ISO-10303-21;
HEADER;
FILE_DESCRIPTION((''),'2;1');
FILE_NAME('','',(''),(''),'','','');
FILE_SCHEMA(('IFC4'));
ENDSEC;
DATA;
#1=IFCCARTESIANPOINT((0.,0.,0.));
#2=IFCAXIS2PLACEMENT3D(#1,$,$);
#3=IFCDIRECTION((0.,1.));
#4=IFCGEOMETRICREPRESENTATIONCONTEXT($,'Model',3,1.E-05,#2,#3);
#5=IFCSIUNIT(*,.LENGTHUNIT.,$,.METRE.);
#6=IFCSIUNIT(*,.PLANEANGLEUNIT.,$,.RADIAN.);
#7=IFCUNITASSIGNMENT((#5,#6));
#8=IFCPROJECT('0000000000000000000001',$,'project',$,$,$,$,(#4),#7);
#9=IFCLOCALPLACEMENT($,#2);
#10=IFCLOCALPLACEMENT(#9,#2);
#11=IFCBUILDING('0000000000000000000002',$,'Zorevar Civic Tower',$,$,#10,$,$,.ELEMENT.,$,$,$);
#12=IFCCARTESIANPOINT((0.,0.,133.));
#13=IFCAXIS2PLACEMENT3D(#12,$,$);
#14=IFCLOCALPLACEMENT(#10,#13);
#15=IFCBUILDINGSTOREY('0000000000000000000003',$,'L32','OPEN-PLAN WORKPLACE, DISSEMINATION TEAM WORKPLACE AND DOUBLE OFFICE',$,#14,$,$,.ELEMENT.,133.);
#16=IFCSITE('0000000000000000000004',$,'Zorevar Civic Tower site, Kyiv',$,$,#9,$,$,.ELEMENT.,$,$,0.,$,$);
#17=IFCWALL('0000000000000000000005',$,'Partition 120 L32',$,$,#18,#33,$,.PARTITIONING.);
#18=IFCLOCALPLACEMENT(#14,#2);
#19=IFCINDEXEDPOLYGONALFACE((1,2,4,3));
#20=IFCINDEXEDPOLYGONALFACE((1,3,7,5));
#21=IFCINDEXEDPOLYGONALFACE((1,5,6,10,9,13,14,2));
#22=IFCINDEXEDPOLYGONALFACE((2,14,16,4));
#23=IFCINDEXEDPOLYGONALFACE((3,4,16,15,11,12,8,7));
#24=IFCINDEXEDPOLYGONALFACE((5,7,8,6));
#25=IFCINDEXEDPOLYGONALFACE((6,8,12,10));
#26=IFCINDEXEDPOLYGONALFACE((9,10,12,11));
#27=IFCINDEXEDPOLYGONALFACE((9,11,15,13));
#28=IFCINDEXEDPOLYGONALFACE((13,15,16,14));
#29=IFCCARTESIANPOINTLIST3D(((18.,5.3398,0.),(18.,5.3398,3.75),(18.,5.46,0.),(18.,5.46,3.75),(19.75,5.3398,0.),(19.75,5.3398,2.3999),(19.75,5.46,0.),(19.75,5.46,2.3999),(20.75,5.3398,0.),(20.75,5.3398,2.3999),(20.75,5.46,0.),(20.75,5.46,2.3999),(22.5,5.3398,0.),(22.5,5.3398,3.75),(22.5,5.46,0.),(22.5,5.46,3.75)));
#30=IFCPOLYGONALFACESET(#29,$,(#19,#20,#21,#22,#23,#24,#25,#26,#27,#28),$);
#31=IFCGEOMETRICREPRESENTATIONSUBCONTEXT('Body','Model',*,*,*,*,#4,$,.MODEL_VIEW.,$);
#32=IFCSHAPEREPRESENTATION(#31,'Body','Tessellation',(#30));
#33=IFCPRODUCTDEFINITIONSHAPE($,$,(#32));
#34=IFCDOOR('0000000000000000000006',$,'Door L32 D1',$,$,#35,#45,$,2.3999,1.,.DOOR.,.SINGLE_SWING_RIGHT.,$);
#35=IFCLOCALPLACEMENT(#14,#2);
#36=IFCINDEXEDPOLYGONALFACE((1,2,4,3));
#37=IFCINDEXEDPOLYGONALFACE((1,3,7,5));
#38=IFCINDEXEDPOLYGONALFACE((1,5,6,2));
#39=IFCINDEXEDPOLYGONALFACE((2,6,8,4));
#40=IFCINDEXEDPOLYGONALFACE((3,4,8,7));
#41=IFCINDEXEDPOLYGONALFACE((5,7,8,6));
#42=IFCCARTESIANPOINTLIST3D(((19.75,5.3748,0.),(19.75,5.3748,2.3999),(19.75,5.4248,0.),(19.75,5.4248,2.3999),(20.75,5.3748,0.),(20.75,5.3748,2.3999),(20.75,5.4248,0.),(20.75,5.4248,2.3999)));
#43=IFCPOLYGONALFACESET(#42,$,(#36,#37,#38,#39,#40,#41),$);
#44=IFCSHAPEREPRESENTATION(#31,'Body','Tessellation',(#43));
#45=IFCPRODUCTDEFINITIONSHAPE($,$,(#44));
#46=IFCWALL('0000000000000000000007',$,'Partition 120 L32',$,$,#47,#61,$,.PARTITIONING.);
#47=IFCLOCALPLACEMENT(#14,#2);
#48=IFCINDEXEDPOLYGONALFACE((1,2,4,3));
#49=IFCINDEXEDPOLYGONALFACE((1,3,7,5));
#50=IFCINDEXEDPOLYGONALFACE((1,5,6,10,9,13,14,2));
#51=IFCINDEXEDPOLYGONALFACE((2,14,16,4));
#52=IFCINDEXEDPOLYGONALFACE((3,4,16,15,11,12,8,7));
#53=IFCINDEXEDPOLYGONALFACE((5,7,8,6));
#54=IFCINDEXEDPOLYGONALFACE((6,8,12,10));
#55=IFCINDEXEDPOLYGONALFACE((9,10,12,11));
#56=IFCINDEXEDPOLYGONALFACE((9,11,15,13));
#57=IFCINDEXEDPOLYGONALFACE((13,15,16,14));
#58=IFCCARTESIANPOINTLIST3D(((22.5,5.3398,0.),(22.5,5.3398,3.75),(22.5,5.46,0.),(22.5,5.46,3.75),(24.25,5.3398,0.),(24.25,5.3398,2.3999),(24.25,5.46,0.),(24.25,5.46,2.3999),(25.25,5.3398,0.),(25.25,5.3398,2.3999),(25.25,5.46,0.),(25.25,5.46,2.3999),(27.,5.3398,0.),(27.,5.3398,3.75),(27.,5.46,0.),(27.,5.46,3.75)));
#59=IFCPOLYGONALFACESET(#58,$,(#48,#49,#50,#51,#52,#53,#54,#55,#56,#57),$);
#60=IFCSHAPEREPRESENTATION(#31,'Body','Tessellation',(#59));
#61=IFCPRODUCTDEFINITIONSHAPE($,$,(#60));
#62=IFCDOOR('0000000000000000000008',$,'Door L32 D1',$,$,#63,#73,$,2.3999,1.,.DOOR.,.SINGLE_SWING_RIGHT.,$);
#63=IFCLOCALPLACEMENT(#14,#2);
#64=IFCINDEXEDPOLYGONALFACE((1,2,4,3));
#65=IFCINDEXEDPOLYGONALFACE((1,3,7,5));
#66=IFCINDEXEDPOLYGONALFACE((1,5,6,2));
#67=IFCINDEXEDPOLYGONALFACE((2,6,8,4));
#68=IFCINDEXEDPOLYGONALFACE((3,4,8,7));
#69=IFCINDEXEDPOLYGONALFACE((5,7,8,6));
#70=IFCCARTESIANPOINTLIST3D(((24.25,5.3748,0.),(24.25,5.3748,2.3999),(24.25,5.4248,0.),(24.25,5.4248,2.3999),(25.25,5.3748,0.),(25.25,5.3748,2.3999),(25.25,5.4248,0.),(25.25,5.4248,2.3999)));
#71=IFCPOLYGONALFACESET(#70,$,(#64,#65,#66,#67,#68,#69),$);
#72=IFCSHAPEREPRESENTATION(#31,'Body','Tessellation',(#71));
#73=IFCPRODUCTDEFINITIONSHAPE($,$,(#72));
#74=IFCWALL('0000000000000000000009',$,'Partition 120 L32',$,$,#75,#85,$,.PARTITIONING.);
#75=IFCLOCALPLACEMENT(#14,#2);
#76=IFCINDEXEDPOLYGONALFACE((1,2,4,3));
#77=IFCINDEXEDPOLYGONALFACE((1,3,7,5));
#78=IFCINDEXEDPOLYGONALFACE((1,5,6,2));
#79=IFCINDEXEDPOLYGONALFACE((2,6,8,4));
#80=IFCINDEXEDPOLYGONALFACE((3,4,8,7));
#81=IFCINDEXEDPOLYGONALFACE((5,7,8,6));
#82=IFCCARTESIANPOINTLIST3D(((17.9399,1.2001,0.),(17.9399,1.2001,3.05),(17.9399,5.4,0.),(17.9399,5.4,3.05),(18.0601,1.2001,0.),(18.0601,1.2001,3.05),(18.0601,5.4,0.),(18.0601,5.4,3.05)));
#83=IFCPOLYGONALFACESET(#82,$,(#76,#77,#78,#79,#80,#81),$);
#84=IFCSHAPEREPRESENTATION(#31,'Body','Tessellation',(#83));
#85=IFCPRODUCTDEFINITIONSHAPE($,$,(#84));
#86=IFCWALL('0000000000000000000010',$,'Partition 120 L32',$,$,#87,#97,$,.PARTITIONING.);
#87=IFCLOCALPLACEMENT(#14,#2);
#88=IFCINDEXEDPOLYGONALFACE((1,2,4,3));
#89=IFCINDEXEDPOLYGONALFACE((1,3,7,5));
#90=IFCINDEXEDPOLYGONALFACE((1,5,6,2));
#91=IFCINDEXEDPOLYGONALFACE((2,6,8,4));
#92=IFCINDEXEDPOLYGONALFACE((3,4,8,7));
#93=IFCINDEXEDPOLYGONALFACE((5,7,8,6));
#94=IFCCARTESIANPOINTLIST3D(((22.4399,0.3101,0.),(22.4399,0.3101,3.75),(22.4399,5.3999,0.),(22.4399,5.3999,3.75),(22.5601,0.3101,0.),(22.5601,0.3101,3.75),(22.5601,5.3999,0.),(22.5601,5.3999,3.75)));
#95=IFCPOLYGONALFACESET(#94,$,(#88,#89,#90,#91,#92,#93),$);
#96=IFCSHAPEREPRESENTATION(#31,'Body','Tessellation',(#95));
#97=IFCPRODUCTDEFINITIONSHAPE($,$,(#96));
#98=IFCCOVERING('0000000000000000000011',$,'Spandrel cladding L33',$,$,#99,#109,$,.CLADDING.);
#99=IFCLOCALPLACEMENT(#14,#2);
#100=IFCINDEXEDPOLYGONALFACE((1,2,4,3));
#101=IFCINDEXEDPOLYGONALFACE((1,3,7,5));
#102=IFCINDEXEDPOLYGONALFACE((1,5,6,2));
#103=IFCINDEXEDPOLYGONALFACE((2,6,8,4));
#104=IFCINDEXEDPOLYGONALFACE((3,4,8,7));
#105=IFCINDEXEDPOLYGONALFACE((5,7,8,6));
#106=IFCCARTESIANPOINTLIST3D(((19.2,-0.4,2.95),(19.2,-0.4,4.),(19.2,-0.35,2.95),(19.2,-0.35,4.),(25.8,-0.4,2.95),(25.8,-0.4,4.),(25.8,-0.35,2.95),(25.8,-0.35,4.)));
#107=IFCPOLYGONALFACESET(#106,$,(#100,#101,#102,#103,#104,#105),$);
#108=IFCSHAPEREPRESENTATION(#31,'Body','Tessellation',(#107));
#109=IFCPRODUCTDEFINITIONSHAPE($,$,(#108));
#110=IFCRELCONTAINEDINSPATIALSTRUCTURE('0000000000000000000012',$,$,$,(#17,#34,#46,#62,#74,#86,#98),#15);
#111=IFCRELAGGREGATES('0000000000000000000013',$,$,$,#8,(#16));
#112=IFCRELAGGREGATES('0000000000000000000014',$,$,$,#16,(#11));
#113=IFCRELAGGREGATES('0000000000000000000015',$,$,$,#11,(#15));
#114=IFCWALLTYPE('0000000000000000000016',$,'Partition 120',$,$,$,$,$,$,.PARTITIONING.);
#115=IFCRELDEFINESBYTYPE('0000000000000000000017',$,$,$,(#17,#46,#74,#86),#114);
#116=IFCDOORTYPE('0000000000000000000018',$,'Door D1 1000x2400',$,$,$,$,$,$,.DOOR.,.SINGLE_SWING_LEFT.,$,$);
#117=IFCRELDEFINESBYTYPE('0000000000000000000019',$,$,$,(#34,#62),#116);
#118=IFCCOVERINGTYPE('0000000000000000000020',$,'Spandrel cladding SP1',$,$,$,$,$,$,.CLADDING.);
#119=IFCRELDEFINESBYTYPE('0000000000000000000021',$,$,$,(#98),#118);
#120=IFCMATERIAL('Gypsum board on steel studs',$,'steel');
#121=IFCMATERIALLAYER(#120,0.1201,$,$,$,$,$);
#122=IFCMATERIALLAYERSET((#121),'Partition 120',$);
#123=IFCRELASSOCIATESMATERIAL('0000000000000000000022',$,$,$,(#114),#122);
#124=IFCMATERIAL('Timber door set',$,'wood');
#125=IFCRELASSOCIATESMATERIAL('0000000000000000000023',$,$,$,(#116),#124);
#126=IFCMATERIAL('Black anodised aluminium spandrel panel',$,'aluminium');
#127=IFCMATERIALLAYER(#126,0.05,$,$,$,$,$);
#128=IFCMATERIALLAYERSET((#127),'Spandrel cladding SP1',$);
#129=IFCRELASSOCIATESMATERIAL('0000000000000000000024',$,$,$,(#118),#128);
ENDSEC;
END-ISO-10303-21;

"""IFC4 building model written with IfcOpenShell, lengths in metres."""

from ifc_helpers import new_model, si_unit, direction, frame, frame_2d, origin, place, context, subcontext, project, spatial, rectangle, extrude, material, layer, layer_set, type_object, element, fill, save


model = new_model("IFC4")

# Units and contexts
model_context = context("Model", 3, precision=1e-05, world=origin(), true_north=direction((0.0, 1.0)))
body_context = subcontext(model_context, "Body", "Model", "MODEL_VIEW")
ifc_project = project(units=[si_unit("LENGTHUNIT", "METRE"), si_unit("PLANEANGLEUNIT", "RADIAN")], contexts=[model_context])

# Site, building, storey
site_placement = place(None, origin())
site = spatial("IfcSite", under=ifc_project, at=site_placement, Name="Zorevar Civic Tower site, Kyiv", CompositionType="ELEMENT", RefElevation=0.0)
building_placement = place(site_placement, origin())
building = spatial("IfcBuilding", under=site, at=building_placement, Name="Zorevar Civic Tower", CompositionType="ELEMENT")
storey_placement = place(building_placement, frame((0.0, 0.0, 133.0)))
storey = spatial("IfcBuildingStorey", under=building, at=storey_placement, Name="L32", Description="OPEN-PLAN WORKPLACE, DISSEMINATION TEAM WORKPLACE AND DOUBLE OFFICE", CompositionType="ELEMENT", Elevation=133.0)

# Walls, openings, doors
ifc_material_1 = material(Name="Gypsum board on steel studs", Category="steel")
ifc_layer_1 = layer(ifc_material_1, 0.1201)
ifc_layer_set_1 = layer_set([ifc_layer_1], Name="Partition 120")
wall_type_1 = type_object("IfcWallType", Name="Partition 120", PredefinedType="PARTITIONING", material=ifc_layer_set_1)
ifc_material_2 = material(Name="Timber door set", Category="wood")
door_type_1 = type_object("IfcDoorType", Name="Door D1 1000x2400", OperationType="SINGLE_SWING_LEFT", PredefinedType="DOOR", material=ifc_material_2)
wall_1_placement = place(storey_placement, frame((18.0, 5.3999, 0.0), z_axis=(0.0, 0.0, 1.0), x_axis=(1.0, 0.0, 0.0)))
wall_1 = element("IfcWall", 1, at=wall_1_placement, inside=storey, type_object=wall_type_1, Name="Partition 120 L32", PredefinedType="PARTITIONING", context=body_context, shape_type="SweptSolid", body=[
    extrude(rectangle(XDim=4.5, YDim=0.1201, at=frame_2d((2.25, 0.0))), origin(), (0.0, 0.0, 1.0), 3.75),
])
opening_1_placement = place(wall_1_placement, frame((1.75, 0.0, 0.0)))
opening_1 = element("IfcOpeningElement", 2, at=opening_1_placement, cuts=wall_1, PredefinedType="OPENING", context=body_context, shape_type="SweptSolid", body=[
    extrude(rectangle(XDim=1.0, YDim=2.3999, at=frame_2d((0.5, 1.2))), frame((0.0, 0.0701, 0.0), z_axis=(0.0, -1.0, 0.0), x_axis=(1.0, 0.0, 0.0)), (0.0, 0.0, 1.0), 0.1401),
])
door_1_placement = place(opening_1_placement, origin())
door_1 = element("IfcDoor", 3, at=door_1_placement, inside=storey, type_object=door_type_1, Name="Door L32 D1", OperationType="SINGLE_SWING_RIGHT", OverallHeight=2.3999, OverallWidth=1.0, PredefinedType="DOOR", context=body_context, shape_type="SweptSolid", body=[
    extrude(rectangle(XDim=1.0, YDim=2.3999, at=frame_2d((0.5, 1.2))), frame((0.0, 0.0249, 0.0), z_axis=(0.0, -1.0, 0.0), x_axis=(1.0, 0.0, 0.0)), (0.0, 0.0, 1.0), 0.05),
])
fill(opening_1, door_1)
wall_2_placement = place(storey_placement, frame((22.5, 5.3999, 0.0), z_axis=(0.0, 0.0, 1.0), x_axis=(1.0, 0.0, 0.0)))
wall_2 = element("IfcWall", 4, at=wall_2_placement, inside=storey, type_object=wall_type_1, Name="Partition 120 L32", PredefinedType="PARTITIONING", context=body_context, shape_type="SweptSolid", body=[
    extrude(rectangle(XDim=4.5, YDim=0.1201, at=frame_2d((2.25, 0.0))), origin(), (0.0, 0.0, 1.0), 3.75),
])
opening_2_placement = place(wall_2_placement, frame((1.75, 0.0, 0.0)))
opening_2 = element("IfcOpeningElement", 5, at=opening_2_placement, cuts=wall_2, PredefinedType="OPENING", context=body_context, shape_type="SweptSolid", body=[
    extrude(rectangle(XDim=1.0, YDim=2.3999, at=frame_2d((0.5, 1.2))), frame((0.0, 0.0701, 0.0), z_axis=(0.0, -1.0, 0.0), x_axis=(1.0, 0.0, 0.0)), (0.0, 0.0, 1.0), 0.1401),
])
door_2_placement = place(opening_2_placement, origin())
door_2 = element("IfcDoor", 6, at=door_2_placement, inside=storey, type_object=door_type_1, Name="Door L32 D1", OperationType="SINGLE_SWING_RIGHT", OverallHeight=2.3999, OverallWidth=1.0, PredefinedType="DOOR", context=body_context, shape_type="SweptSolid", body=[
    extrude(rectangle(XDim=1.0, YDim=2.3999, at=frame_2d((0.5, 1.2))), frame((0.0, 0.0249, 0.0), z_axis=(0.0, -1.0, 0.0), x_axis=(1.0, 0.0, 0.0)), (0.0, 0.0, 1.0), 0.05),
])
fill(opening_2, door_2)

# Walls
wall_3_placement = place(storey_placement, frame((18.0, 1.2, 0.0), z_axis=(0.0, 0.0, 1.0), x_axis=(0.0, 1.0, 0.0)))
element("IfcWall", 7, at=wall_3_placement, inside=storey, type_object=wall_type_1, Name="Partition 120 L32", PredefinedType="PARTITIONING", context=body_context, shape_type="SweptSolid", body=[
    extrude(rectangle(XDim=4.2, YDim=0.1201, at=frame_2d((2.1001, 0.0))), origin(), (0.0, 0.0, 1.0), 3.05),
])
wall_4_placement = place(storey_placement, frame((22.5, 0.3101, 0.0), z_axis=(0.0, 0.0, 1.0), x_axis=(0.0, 1.0, 0.0)))
element("IfcWall", 8, at=wall_4_placement, inside=storey, type_object=wall_type_1, Name="Partition 120 L32", PredefinedType="PARTITIONING", context=body_context, shape_type="SweptSolid", body=[
    extrude(rectangle(XDim=5.0898, YDim=0.1201, at=frame_2d((2.5449, 0.0))), origin(), (0.0, 0.0, 1.0), 3.75),
])

# Covering
ifc_material_3 = material(Name="Black anodised aluminium spandrel panel", Category="aluminium")
ifc_layer_2 = layer(ifc_material_3, 0.05)
ifc_layer_set_2 = layer_set([ifc_layer_2], Name="Spandrel cladding SP1")
covering_type = type_object("IfcCoveringType", Name="Spandrel cladding SP1", PredefinedType="CLADDING", material=ifc_layer_set_2)
covering_placement = place(storey_placement, frame((19.2, -0.375, 2.95), z_axis=(0.0, 0.0, 1.0), x_axis=(1.0, 0.0, 0.0)))
element("IfcCovering", 9, at=covering_placement, inside=storey, type_object=covering_type, Name="Spandrel cladding L33", PredefinedType="CLADDING", context=body_context, shape_type="SweptSolid", body=[
    extrude(rectangle(XDim=6.6001, YDim=0.05, at=frame_2d((3.3, 0.0))), origin(), (0.0, 0.0, 1.0), 1.05),
])

save(model, "model.ifc")
